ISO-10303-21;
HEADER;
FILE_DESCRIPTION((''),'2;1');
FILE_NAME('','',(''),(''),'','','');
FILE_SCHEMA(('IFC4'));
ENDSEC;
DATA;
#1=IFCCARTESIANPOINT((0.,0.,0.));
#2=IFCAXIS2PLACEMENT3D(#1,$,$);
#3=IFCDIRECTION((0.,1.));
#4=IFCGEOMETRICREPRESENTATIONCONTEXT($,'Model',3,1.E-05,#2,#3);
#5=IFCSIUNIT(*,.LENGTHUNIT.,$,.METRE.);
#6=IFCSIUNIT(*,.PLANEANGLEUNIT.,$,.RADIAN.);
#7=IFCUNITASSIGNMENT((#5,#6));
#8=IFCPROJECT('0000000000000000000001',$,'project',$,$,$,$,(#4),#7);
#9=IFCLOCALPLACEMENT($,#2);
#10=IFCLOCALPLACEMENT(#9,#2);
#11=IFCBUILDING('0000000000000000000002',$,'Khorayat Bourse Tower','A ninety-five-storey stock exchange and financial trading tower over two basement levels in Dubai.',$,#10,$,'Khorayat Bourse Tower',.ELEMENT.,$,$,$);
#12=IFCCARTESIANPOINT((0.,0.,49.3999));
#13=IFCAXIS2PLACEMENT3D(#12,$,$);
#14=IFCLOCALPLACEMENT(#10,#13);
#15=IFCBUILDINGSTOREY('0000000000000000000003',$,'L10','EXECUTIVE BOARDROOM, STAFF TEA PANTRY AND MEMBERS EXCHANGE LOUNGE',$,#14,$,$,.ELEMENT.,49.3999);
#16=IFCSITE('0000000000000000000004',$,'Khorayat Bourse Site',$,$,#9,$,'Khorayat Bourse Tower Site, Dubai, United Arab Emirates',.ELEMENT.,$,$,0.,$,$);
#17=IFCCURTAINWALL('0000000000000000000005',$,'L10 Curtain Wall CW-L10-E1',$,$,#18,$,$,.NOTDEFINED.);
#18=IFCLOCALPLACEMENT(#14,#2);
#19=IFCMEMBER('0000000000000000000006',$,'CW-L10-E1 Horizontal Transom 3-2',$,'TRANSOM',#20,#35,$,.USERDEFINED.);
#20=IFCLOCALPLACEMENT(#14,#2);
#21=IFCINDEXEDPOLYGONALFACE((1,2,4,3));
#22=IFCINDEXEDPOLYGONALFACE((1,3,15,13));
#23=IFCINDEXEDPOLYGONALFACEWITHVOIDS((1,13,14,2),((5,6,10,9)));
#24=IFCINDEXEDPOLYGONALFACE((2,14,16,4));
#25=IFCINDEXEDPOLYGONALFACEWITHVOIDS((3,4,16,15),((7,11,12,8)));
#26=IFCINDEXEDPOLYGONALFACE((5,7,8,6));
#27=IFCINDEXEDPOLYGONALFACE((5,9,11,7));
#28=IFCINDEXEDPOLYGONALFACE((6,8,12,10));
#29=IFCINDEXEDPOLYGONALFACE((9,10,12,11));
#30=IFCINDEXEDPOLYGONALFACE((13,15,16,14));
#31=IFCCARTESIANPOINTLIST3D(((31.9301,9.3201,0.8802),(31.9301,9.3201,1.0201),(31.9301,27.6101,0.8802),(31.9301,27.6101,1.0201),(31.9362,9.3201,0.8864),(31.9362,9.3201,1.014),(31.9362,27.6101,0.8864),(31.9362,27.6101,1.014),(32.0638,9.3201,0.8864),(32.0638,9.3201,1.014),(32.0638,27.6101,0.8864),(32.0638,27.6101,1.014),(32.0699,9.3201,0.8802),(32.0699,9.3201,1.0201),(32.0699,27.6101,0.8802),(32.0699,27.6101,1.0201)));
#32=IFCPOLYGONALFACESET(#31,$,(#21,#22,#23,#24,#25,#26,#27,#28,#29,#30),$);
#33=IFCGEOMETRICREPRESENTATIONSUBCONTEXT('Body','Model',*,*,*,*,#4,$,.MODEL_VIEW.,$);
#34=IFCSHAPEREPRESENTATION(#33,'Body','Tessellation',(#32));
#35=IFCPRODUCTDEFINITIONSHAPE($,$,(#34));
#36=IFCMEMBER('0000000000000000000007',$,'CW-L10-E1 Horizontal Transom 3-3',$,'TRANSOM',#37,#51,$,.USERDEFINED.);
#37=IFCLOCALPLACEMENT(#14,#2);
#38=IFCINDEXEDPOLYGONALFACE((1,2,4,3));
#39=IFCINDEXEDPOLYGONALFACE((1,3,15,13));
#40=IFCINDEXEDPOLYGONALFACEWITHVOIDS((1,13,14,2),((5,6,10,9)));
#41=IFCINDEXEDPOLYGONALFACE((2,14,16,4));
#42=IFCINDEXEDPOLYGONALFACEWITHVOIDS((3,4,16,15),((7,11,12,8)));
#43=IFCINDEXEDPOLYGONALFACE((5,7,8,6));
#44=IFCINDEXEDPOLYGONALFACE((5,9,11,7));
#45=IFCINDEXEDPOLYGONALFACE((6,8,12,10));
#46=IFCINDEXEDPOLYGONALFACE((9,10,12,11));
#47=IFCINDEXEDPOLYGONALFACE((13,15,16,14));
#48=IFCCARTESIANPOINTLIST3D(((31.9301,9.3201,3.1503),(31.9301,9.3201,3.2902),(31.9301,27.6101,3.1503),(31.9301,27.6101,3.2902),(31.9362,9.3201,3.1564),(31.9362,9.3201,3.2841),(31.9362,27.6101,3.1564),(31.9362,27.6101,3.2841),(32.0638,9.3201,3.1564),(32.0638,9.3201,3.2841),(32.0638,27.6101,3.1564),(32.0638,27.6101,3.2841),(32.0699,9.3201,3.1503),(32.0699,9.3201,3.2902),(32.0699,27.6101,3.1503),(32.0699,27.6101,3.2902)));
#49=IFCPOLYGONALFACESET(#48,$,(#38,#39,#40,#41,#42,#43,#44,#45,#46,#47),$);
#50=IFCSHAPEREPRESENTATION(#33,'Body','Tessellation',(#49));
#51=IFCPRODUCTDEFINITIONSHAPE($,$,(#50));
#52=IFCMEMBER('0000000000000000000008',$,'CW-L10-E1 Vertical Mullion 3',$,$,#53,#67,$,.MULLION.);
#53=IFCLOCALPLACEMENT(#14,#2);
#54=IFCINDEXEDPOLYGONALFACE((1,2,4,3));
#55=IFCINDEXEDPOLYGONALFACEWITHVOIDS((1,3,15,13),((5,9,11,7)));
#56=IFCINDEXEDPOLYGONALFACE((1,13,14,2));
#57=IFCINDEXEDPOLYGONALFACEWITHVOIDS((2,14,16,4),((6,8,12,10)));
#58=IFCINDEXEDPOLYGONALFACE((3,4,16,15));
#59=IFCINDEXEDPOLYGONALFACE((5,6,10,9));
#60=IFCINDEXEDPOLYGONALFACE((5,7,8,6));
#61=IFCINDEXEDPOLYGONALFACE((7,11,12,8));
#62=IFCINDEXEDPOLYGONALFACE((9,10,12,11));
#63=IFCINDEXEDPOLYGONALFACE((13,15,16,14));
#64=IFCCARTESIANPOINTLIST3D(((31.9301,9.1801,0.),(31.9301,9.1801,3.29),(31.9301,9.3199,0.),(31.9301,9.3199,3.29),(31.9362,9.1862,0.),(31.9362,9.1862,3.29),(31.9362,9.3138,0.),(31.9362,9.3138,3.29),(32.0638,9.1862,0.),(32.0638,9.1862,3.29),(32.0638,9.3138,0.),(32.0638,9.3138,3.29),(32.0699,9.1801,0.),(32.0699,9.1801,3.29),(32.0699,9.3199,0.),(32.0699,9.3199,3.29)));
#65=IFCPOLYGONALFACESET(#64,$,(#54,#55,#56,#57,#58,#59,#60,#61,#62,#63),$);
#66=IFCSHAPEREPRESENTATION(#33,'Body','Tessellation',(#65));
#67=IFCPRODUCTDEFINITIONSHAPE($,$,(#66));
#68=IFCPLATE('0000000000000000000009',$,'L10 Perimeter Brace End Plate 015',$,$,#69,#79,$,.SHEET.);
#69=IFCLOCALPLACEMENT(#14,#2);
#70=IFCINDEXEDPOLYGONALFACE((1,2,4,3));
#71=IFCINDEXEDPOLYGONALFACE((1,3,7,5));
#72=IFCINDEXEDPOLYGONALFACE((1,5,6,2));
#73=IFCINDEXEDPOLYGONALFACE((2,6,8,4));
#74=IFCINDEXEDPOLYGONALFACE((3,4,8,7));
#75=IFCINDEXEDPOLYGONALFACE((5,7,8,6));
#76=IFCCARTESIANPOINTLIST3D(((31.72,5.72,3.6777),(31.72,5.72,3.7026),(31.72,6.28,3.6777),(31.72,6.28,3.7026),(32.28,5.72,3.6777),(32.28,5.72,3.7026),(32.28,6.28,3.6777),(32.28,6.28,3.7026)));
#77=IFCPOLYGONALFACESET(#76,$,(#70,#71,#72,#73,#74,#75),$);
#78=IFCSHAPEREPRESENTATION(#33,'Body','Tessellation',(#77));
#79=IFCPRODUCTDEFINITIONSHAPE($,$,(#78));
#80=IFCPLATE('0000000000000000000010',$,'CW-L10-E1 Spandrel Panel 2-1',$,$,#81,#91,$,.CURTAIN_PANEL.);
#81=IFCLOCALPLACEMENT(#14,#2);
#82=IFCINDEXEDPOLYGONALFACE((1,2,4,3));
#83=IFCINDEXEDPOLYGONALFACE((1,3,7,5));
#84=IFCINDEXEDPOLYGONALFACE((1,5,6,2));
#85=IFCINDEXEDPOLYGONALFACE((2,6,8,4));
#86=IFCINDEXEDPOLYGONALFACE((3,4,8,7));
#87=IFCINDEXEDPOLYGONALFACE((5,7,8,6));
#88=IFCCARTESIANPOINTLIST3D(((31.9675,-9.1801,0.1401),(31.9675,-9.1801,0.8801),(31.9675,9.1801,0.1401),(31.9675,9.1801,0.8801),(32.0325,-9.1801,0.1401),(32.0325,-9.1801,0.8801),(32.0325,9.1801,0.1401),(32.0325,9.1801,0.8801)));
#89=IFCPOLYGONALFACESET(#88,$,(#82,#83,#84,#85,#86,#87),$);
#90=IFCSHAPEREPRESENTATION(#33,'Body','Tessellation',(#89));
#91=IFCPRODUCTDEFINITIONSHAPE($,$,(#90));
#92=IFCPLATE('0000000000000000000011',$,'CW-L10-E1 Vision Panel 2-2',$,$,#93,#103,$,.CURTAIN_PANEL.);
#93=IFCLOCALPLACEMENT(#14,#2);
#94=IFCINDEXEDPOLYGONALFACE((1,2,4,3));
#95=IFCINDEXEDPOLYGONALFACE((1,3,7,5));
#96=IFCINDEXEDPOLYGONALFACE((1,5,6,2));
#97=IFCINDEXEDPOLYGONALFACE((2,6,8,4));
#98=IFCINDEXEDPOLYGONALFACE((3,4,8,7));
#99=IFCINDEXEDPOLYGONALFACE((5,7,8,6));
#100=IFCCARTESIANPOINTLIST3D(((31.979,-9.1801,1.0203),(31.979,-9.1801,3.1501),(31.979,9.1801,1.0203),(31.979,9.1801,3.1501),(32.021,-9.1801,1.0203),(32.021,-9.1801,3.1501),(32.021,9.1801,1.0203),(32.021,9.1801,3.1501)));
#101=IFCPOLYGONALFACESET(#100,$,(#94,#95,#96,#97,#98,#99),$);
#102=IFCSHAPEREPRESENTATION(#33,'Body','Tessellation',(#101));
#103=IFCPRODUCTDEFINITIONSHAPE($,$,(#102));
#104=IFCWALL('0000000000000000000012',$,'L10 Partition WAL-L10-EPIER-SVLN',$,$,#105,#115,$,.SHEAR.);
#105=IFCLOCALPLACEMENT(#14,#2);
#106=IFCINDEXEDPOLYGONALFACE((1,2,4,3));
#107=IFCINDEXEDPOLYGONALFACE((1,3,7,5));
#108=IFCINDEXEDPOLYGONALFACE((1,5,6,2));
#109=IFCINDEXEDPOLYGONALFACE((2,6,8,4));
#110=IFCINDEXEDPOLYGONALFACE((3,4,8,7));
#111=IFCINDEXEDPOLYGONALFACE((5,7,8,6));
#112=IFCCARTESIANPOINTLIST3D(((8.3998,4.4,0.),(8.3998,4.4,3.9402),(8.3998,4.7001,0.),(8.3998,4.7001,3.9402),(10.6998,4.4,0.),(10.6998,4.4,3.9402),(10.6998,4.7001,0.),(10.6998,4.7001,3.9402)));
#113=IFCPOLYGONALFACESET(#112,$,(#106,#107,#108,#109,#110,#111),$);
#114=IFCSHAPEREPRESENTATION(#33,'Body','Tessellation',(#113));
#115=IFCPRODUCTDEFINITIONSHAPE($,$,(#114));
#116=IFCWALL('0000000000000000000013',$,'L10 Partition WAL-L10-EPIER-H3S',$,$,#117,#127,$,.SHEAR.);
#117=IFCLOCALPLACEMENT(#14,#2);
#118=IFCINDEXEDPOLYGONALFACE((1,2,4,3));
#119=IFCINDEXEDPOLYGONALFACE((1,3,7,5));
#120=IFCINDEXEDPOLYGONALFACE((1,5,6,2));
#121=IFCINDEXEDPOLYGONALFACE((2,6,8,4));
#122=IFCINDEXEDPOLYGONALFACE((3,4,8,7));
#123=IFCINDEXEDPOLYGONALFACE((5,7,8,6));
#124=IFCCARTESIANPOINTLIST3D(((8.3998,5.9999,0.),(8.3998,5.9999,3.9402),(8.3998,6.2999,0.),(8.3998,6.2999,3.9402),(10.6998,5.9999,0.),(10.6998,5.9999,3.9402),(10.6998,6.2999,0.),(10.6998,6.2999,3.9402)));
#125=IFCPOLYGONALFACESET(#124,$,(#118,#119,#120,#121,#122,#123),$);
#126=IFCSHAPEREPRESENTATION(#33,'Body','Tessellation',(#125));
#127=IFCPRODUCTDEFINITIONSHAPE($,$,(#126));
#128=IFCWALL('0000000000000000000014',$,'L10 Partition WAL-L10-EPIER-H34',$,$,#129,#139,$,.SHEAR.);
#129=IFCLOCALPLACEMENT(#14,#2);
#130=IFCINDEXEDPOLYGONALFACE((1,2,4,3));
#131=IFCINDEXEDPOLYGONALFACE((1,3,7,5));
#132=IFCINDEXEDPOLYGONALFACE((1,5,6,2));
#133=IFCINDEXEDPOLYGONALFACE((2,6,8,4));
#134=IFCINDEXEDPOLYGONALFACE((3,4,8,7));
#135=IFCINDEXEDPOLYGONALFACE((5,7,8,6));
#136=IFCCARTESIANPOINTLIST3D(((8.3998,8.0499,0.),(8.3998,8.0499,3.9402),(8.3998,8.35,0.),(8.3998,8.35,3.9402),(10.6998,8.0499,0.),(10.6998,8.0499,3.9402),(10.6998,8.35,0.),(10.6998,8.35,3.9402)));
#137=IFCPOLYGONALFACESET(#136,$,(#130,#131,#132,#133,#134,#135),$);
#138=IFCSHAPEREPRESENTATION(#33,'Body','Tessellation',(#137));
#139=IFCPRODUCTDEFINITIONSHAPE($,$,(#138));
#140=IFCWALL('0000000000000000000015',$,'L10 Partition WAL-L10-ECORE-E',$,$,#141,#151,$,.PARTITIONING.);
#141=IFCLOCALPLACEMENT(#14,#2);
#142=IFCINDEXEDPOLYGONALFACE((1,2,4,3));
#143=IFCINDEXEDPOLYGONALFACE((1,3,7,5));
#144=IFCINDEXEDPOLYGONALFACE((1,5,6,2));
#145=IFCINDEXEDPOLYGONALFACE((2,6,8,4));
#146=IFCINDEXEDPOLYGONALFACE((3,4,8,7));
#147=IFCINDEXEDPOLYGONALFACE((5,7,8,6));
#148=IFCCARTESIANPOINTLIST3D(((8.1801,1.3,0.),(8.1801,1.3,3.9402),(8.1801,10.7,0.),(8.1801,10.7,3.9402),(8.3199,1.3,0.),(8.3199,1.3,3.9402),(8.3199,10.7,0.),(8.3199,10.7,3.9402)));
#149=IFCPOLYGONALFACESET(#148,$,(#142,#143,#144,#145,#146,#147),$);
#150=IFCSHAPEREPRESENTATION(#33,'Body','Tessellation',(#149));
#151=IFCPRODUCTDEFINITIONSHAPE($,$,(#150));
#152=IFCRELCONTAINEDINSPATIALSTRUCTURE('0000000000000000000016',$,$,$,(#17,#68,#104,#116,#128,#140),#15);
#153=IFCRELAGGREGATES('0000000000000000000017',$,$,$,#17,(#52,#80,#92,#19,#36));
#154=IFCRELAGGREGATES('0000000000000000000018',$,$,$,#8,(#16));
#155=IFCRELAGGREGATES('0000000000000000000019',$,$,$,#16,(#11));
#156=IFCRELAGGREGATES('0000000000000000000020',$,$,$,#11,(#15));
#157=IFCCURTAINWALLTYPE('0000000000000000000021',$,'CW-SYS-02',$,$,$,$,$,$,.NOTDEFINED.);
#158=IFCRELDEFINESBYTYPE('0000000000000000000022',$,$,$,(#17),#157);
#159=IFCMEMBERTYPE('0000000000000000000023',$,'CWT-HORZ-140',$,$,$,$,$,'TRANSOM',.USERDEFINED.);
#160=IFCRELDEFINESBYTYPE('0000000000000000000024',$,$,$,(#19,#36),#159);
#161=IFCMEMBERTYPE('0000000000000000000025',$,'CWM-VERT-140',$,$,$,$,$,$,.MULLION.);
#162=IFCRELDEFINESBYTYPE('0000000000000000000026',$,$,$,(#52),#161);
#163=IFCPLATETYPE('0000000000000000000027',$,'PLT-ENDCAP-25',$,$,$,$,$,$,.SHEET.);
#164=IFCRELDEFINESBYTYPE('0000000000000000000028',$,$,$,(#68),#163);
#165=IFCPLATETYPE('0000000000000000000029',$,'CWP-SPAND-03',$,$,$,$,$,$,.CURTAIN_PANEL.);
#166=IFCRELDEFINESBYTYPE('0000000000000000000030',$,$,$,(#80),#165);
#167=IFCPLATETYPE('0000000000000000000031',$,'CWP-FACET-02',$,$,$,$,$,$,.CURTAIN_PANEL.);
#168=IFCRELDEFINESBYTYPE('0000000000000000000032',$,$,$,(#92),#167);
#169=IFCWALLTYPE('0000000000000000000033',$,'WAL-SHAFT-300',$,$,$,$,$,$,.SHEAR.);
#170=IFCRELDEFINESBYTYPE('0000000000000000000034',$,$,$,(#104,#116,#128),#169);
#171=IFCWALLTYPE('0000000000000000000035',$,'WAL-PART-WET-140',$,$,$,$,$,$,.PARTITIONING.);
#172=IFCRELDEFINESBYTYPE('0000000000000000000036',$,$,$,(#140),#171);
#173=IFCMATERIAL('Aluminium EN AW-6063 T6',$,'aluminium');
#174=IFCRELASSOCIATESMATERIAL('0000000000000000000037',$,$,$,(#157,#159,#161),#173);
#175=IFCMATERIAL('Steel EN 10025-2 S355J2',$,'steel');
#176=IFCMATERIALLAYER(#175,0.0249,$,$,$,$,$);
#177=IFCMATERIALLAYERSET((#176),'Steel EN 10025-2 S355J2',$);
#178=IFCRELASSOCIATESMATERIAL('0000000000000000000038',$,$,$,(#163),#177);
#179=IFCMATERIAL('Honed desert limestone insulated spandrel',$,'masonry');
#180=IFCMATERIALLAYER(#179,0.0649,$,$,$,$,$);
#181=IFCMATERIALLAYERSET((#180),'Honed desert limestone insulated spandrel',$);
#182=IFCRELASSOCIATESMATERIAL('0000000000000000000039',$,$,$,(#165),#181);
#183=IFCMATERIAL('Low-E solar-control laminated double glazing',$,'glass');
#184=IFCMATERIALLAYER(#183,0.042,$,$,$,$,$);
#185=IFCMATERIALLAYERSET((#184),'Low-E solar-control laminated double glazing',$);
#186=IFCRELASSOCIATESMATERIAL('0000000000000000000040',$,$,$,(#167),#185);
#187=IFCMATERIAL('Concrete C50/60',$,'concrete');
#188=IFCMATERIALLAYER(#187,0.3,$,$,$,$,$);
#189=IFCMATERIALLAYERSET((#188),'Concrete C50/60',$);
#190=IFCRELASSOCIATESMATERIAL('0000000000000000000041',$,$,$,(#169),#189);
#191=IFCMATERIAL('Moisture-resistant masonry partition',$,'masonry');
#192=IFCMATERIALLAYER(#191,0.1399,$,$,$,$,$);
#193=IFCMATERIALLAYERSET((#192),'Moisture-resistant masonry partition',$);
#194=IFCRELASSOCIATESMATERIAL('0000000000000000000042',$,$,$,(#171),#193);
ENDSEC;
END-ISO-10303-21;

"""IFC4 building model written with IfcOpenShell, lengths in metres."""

from ifc_helpers import new_model, si_unit, direction, frame, frame_2d, origin, origin_2d, place, context, subcontext, project, spatial, rectangle, hollow_rectangle, extrude, source, transform, mapped, material, layer, layer_set, material_profile, profile_set, type_object, element, aggregate, save


model = new_model("IFC4")

# Units and contexts
model_context = context("Model", 3, precision=1e-05, world=origin(), true_north=direction((0.0, 1.0)))
body_context = subcontext(model_context, "Body", "Model", "MODEL_VIEW")
ifc_project = project(units=[si_unit("LENGTHUNIT", "METRE"), si_unit("PLANEANGLEUNIT", "RADIAN")], contexts=[model_context])

# Site, building, storey
site_placement = place(None, origin())
site = spatial("IfcSite", under=ifc_project, at=site_placement, Name="Khorayat Bourse Site", LongName="Khorayat Bourse Tower Site, Dubai, United Arab Emirates", CompositionType="ELEMENT", RefElevation=0.0)
building_placement = place(site_placement, origin())
building = spatial("IfcBuilding", under=site, at=building_placement, Name="Khorayat Bourse Tower", Description="A ninety-five-storey stock exchange and financial trading tower over two basement levels in Dubai.", LongName="Khorayat Bourse Tower", CompositionType="ELEMENT")
storey_placement = place(building_placement, frame((0.0, 0.0, 49.3999)))
storey = spatial("IfcBuildingStorey", under=building, at=storey_placement, Name="L10", Description="EXECUTIVE BOARDROOM, STAFF TEA PANTRY AND MEMBERS EXCHANGE LOUNGE", CompositionType="ELEMENT", Elevation=49.3999)

# Curtain wall, members
ifc_material_1 = material(Name="Aluminium EN AW-6063 T6", Category="aluminium")
curtain_wall_type = type_object("IfcCurtainWallType", Name="CW-SYS-02", PredefinedType="NOTDEFINED", material=ifc_material_1)
curtain_wall_placement = place(storey_placement, origin())
curtain_wall = element("IfcCurtainWall", 1, at=curtain_wall_placement, inside=storey, type_object=curtain_wall_type, Name="L10 Curtain Wall CW-L10-E1", PredefinedType="NOTDEFINED")
ifc_material_profile_1 = material_profile(ifc_material_1, hollow_rectangle(XDim=0.1399, YDim=0.1399, WallThickness=0.0061, at=origin_2d()), Name="ALU 140x140x6")
ifc_profile_set_1 = profile_set([ifc_material_profile_1], Name="Aluminium EN AW-6063 T6")
member_type_1 = type_object("IfcMemberType", Name="CWT-HORZ-140", ElementType="TRANSOM", PredefinedType="USERDEFINED", material=ifc_profile_set_1)
shared_shape_1 = source(origin(), body_context, "Body", "SweptSolid", [
    extrude(hollow_rectangle(XDim=0.1399, YDim=0.1399, WallThickness=0.0061, at=origin_2d()), origin(), (0.0, 0.0, 1.0), 18.29),
])
member_1_placement = place(storey_placement, frame((32.0, 9.3201, 0.9502), z_axis=(0.0, 1.0, 0.0), x_axis=(-1.0, 0.0, 0.0)))
member_1 = element("IfcMember", 2, at=member_1_placement, type_object=member_type_1, Name="CW-L10-E1 Horizontal Transom 3-2", ObjectType="TRANSOM", PredefinedType="USERDEFINED", context=body_context, shape_type="MappedRepresentation", body=[
    mapped(shared_shape_1, transform((0.0, 0.0, 0.0), scale=1.0)),
])
member_2_placement = place(storey_placement, frame((32.0, 9.3201, 3.2202), z_axis=(0.0, 1.0, 0.0), x_axis=(-1.0, 0.0, 0.0)))
member_2 = element("IfcMember", 3, at=member_2_placement, type_object=member_type_1, Name="CW-L10-E1 Horizontal Transom 3-3", ObjectType="TRANSOM", PredefinedType="USERDEFINED", context=body_context, shape_type="MappedRepresentation", body=[
    mapped(shared_shape_1, transform((0.0, 0.0, 0.0), scale=1.0)),
])
ifc_material_profile_2 = material_profile(ifc_material_1, hollow_rectangle(XDim=0.1399, YDim=0.1399, WallThickness=0.0061, at=origin_2d()), Name="ALU 140x140x6")
ifc_profile_set_2 = profile_set([ifc_material_profile_2], Name="Aluminium EN AW-6063 T6")
member_type_2 = type_object("IfcMemberType", Name="CWM-VERT-140", PredefinedType="MULLION", material=ifc_profile_set_2)
shared_shape_2 = source(origin(), body_context, "Body", "SweptSolid", [
    extrude(hollow_rectangle(XDim=0.1399, YDim=0.1399, WallThickness=0.0061, at=origin_2d()), origin(), (0.0, 0.0, 1.0), 3.29),
])
member_3_placement = place(storey_placement, frame((32.0, 9.25, 0.0), z_axis=(0.0, 0.0, 1.0), x_axis=(-1.0, 0.0, 0.0)))
member_3 = element("IfcMember", 4, at=member_3_placement, type_object=member_type_2, Name="CW-L10-E1 Vertical Mullion 3", PredefinedType="MULLION", context=body_context, shape_type="MappedRepresentation", body=[
    mapped(shared_shape_2, transform((0.0, 0.0, 0.0), scale=1.0)),
])

# Plates
ifc_material_2 = material(Name="Steel EN 10025-2 S355J2", Category="steel")
ifc_layer_1 = layer(ifc_material_2, 0.0249)
ifc_layer_set_1 = layer_set([ifc_layer_1], Name="Steel EN 10025-2 S355J2")
plate_type_1 = type_object("IfcPlateType", Name="PLT-ENDCAP-25", PredefinedType="SHEET", material=ifc_layer_set_1)
shared_shape_3 = source(origin(), body_context, "Body", "SweptSolid", [
    extrude(rectangle(XDim=0.5601, YDim=0.5601, at=origin_2d()), origin(), (0.0, 0.0, 1.0), 0.0249),
])
plate_1_placement = place(storey_placement, frame((32.0, 6.0, 3.6777), z_axis=(0.0, 0.0, 1.0), x_axis=(1.0, 0.0, 0.0)))
element("IfcPlate", 5, at=plate_1_placement, inside=storey, type_object=plate_type_1, Name="L10 Perimeter Brace End Plate 015", PredefinedType="SHEET", context=body_context, shape_type="MappedRepresentation", body=[
    mapped(shared_shape_3, transform((0.0, 0.0, 0.0), scale=1.0)),
])
ifc_material_3 = material(Name="Honed desert limestone insulated spandrel", Category="masonry")
ifc_layer_2 = layer(ifc_material_3, 0.0649)
ifc_layer_set_2 = layer_set([ifc_layer_2], Name="Honed desert limestone insulated spandrel")
plate_type_2 = type_object("IfcPlateType", Name="CWP-SPAND-03", PredefinedType="CURTAIN_PANEL", material=ifc_layer_set_2)
shared_shape_4 = source(origin(), body_context, "Body", "SweptSolid", [
    extrude(rectangle(XDim=18.3601, YDim=0.0649, at=origin_2d()), origin(), (0.0, 0.0, 1.0), 0.74),
])
plate_2_placement = place(storey_placement, frame((32.0, 0.0, 0.1401), z_axis=(0.0, 0.0, 1.0), x_axis=(0.0, 1.0, 0.0)))
plate_2 = element("IfcPlate", 6, at=plate_2_placement, type_object=plate_type_2, Name="CW-L10-E1 Spandrel Panel 2-1", PredefinedType="CURTAIN_PANEL", context=body_context, shape_type="MappedRepresentation", body=[
    mapped(shared_shape_4, transform((0.0, 0.0, 0.0), scale=1.0)),
])
ifc_material_4 = material(Name="Low-E solar-control laminated double glazing", Category="glass")
ifc_layer_3 = layer(ifc_material_4, 0.042)
ifc_layer_set_3 = layer_set([ifc_layer_3], Name="Low-E solar-control laminated double glazing")
plate_type_3 = type_object("IfcPlateType", Name="CWP-FACET-02", PredefinedType="CURTAIN_PANEL", material=ifc_layer_set_3)
shared_shape_5 = source(origin(), body_context, "Body", "SweptSolid", [
    extrude(rectangle(XDim=18.3601, YDim=0.042, at=origin_2d()), origin(), (0.0, 0.0, 1.0), 2.1299),
])
plate_3_placement = place(storey_placement, frame((32.0, 0.0, 1.0203), z_axis=(0.0, 0.0, 1.0), x_axis=(0.0, 1.0, 0.0)))
plate_3 = element("IfcPlate", 7, at=plate_3_placement, type_object=plate_type_3, Name="CW-L10-E1 Vision Panel 2-2", PredefinedType="CURTAIN_PANEL", context=body_context, shape_type="MappedRepresentation", body=[
    mapped(shared_shape_5, transform((0.0, 0.0, 0.0), scale=1.0)),
])
aggregate(curtain_wall, [member_3, plate_2, plate_3, member_1, member_2])

# Walls
ifc_material_5 = material(Name="Concrete C50/60", Category="concrete")
ifc_layer_4 = layer(ifc_material_5, 0.3)
ifc_layer_set_4 = layer_set([ifc_layer_4], Name="Concrete C50/60")
wall_type_1 = type_object("IfcWallType", Name="WAL-SHAFT-300", PredefinedType="SHEAR", material=ifc_layer_set_4)
shared_shape_6 = source(origin(), body_context, "Body", "SweptSolid", [
    extrude(rectangle(XDim=2.3, YDim=0.3, at=frame_2d((1.1499, 0.0))), origin(), (0.0, 0.0, 1.0), 3.9402),
])
for number, where, z_axis, x_axis, name in (
    (8, (8.3999, 4.55, 0.0), (0.0, 0.0, 1.0), (1.0, 0.0, 0.0), "L10 Partition WAL-L10-EPIER-SVLN"),
    (9, (8.3999, 6.1499, 0.0), (0.0, 0.0, 1.0), (1.0, 0.0, 0.0), "L10 Partition WAL-L10-EPIER-H3S"),
    (10, (8.3999, 8.2, 0.0), (0.0, 0.0, 1.0), (1.0, 0.0, 0.0), "L10 Partition WAL-L10-EPIER-H34"),
):
    element("IfcWall", number, at=place(storey_placement, frame(where, z_axis=z_axis, x_axis=x_axis)), inside=storey, type_object=wall_type_1, Name=name, PredefinedType="SHEAR", context=body_context, shape_type="MappedRepresentation", body=[
        mapped(shared_shape_6, transform((0.0, 0.0, 0.0), scale=1.0)),
    ])
ifc_material_6 = material(Name="Moisture-resistant masonry partition", Category="masonry")
ifc_layer_5 = layer(ifc_material_6, 0.1399)
ifc_layer_set_5 = layer_set([ifc_layer_5], Name="Moisture-resistant masonry partition")
wall_type_2 = type_object("IfcWallType", Name="WAL-PART-WET-140", PredefinedType="PARTITIONING", material=ifc_layer_set_5)
shared_shape_7 = source(origin(), body_context, "Body", "SweptSolid", [
    extrude(rectangle(XDim=9.3999, YDim=0.1399, at=frame_2d((4.7, 0.0))), origin(), (0.0, 0.0, 1.0), 3.9402),
])
wall_1_placement = place(storey_placement, frame((8.25, 1.3, 0.0), z_axis=(0.0, 0.0, 1.0), x_axis=(0.0, 1.0, 0.0)))
element("IfcWall", 11, at=wall_1_placement, inside=storey, type_object=wall_type_2, Name="L10 Partition WAL-L10-ECORE-E", PredefinedType="PARTITIONING", context=body_context, shape_type="MappedRepresentation", body=[
    mapped(shared_shape_7, transform((0.0, 0.0, 0.0), scale=1.0)),
])

save(model, "model.ifc")
